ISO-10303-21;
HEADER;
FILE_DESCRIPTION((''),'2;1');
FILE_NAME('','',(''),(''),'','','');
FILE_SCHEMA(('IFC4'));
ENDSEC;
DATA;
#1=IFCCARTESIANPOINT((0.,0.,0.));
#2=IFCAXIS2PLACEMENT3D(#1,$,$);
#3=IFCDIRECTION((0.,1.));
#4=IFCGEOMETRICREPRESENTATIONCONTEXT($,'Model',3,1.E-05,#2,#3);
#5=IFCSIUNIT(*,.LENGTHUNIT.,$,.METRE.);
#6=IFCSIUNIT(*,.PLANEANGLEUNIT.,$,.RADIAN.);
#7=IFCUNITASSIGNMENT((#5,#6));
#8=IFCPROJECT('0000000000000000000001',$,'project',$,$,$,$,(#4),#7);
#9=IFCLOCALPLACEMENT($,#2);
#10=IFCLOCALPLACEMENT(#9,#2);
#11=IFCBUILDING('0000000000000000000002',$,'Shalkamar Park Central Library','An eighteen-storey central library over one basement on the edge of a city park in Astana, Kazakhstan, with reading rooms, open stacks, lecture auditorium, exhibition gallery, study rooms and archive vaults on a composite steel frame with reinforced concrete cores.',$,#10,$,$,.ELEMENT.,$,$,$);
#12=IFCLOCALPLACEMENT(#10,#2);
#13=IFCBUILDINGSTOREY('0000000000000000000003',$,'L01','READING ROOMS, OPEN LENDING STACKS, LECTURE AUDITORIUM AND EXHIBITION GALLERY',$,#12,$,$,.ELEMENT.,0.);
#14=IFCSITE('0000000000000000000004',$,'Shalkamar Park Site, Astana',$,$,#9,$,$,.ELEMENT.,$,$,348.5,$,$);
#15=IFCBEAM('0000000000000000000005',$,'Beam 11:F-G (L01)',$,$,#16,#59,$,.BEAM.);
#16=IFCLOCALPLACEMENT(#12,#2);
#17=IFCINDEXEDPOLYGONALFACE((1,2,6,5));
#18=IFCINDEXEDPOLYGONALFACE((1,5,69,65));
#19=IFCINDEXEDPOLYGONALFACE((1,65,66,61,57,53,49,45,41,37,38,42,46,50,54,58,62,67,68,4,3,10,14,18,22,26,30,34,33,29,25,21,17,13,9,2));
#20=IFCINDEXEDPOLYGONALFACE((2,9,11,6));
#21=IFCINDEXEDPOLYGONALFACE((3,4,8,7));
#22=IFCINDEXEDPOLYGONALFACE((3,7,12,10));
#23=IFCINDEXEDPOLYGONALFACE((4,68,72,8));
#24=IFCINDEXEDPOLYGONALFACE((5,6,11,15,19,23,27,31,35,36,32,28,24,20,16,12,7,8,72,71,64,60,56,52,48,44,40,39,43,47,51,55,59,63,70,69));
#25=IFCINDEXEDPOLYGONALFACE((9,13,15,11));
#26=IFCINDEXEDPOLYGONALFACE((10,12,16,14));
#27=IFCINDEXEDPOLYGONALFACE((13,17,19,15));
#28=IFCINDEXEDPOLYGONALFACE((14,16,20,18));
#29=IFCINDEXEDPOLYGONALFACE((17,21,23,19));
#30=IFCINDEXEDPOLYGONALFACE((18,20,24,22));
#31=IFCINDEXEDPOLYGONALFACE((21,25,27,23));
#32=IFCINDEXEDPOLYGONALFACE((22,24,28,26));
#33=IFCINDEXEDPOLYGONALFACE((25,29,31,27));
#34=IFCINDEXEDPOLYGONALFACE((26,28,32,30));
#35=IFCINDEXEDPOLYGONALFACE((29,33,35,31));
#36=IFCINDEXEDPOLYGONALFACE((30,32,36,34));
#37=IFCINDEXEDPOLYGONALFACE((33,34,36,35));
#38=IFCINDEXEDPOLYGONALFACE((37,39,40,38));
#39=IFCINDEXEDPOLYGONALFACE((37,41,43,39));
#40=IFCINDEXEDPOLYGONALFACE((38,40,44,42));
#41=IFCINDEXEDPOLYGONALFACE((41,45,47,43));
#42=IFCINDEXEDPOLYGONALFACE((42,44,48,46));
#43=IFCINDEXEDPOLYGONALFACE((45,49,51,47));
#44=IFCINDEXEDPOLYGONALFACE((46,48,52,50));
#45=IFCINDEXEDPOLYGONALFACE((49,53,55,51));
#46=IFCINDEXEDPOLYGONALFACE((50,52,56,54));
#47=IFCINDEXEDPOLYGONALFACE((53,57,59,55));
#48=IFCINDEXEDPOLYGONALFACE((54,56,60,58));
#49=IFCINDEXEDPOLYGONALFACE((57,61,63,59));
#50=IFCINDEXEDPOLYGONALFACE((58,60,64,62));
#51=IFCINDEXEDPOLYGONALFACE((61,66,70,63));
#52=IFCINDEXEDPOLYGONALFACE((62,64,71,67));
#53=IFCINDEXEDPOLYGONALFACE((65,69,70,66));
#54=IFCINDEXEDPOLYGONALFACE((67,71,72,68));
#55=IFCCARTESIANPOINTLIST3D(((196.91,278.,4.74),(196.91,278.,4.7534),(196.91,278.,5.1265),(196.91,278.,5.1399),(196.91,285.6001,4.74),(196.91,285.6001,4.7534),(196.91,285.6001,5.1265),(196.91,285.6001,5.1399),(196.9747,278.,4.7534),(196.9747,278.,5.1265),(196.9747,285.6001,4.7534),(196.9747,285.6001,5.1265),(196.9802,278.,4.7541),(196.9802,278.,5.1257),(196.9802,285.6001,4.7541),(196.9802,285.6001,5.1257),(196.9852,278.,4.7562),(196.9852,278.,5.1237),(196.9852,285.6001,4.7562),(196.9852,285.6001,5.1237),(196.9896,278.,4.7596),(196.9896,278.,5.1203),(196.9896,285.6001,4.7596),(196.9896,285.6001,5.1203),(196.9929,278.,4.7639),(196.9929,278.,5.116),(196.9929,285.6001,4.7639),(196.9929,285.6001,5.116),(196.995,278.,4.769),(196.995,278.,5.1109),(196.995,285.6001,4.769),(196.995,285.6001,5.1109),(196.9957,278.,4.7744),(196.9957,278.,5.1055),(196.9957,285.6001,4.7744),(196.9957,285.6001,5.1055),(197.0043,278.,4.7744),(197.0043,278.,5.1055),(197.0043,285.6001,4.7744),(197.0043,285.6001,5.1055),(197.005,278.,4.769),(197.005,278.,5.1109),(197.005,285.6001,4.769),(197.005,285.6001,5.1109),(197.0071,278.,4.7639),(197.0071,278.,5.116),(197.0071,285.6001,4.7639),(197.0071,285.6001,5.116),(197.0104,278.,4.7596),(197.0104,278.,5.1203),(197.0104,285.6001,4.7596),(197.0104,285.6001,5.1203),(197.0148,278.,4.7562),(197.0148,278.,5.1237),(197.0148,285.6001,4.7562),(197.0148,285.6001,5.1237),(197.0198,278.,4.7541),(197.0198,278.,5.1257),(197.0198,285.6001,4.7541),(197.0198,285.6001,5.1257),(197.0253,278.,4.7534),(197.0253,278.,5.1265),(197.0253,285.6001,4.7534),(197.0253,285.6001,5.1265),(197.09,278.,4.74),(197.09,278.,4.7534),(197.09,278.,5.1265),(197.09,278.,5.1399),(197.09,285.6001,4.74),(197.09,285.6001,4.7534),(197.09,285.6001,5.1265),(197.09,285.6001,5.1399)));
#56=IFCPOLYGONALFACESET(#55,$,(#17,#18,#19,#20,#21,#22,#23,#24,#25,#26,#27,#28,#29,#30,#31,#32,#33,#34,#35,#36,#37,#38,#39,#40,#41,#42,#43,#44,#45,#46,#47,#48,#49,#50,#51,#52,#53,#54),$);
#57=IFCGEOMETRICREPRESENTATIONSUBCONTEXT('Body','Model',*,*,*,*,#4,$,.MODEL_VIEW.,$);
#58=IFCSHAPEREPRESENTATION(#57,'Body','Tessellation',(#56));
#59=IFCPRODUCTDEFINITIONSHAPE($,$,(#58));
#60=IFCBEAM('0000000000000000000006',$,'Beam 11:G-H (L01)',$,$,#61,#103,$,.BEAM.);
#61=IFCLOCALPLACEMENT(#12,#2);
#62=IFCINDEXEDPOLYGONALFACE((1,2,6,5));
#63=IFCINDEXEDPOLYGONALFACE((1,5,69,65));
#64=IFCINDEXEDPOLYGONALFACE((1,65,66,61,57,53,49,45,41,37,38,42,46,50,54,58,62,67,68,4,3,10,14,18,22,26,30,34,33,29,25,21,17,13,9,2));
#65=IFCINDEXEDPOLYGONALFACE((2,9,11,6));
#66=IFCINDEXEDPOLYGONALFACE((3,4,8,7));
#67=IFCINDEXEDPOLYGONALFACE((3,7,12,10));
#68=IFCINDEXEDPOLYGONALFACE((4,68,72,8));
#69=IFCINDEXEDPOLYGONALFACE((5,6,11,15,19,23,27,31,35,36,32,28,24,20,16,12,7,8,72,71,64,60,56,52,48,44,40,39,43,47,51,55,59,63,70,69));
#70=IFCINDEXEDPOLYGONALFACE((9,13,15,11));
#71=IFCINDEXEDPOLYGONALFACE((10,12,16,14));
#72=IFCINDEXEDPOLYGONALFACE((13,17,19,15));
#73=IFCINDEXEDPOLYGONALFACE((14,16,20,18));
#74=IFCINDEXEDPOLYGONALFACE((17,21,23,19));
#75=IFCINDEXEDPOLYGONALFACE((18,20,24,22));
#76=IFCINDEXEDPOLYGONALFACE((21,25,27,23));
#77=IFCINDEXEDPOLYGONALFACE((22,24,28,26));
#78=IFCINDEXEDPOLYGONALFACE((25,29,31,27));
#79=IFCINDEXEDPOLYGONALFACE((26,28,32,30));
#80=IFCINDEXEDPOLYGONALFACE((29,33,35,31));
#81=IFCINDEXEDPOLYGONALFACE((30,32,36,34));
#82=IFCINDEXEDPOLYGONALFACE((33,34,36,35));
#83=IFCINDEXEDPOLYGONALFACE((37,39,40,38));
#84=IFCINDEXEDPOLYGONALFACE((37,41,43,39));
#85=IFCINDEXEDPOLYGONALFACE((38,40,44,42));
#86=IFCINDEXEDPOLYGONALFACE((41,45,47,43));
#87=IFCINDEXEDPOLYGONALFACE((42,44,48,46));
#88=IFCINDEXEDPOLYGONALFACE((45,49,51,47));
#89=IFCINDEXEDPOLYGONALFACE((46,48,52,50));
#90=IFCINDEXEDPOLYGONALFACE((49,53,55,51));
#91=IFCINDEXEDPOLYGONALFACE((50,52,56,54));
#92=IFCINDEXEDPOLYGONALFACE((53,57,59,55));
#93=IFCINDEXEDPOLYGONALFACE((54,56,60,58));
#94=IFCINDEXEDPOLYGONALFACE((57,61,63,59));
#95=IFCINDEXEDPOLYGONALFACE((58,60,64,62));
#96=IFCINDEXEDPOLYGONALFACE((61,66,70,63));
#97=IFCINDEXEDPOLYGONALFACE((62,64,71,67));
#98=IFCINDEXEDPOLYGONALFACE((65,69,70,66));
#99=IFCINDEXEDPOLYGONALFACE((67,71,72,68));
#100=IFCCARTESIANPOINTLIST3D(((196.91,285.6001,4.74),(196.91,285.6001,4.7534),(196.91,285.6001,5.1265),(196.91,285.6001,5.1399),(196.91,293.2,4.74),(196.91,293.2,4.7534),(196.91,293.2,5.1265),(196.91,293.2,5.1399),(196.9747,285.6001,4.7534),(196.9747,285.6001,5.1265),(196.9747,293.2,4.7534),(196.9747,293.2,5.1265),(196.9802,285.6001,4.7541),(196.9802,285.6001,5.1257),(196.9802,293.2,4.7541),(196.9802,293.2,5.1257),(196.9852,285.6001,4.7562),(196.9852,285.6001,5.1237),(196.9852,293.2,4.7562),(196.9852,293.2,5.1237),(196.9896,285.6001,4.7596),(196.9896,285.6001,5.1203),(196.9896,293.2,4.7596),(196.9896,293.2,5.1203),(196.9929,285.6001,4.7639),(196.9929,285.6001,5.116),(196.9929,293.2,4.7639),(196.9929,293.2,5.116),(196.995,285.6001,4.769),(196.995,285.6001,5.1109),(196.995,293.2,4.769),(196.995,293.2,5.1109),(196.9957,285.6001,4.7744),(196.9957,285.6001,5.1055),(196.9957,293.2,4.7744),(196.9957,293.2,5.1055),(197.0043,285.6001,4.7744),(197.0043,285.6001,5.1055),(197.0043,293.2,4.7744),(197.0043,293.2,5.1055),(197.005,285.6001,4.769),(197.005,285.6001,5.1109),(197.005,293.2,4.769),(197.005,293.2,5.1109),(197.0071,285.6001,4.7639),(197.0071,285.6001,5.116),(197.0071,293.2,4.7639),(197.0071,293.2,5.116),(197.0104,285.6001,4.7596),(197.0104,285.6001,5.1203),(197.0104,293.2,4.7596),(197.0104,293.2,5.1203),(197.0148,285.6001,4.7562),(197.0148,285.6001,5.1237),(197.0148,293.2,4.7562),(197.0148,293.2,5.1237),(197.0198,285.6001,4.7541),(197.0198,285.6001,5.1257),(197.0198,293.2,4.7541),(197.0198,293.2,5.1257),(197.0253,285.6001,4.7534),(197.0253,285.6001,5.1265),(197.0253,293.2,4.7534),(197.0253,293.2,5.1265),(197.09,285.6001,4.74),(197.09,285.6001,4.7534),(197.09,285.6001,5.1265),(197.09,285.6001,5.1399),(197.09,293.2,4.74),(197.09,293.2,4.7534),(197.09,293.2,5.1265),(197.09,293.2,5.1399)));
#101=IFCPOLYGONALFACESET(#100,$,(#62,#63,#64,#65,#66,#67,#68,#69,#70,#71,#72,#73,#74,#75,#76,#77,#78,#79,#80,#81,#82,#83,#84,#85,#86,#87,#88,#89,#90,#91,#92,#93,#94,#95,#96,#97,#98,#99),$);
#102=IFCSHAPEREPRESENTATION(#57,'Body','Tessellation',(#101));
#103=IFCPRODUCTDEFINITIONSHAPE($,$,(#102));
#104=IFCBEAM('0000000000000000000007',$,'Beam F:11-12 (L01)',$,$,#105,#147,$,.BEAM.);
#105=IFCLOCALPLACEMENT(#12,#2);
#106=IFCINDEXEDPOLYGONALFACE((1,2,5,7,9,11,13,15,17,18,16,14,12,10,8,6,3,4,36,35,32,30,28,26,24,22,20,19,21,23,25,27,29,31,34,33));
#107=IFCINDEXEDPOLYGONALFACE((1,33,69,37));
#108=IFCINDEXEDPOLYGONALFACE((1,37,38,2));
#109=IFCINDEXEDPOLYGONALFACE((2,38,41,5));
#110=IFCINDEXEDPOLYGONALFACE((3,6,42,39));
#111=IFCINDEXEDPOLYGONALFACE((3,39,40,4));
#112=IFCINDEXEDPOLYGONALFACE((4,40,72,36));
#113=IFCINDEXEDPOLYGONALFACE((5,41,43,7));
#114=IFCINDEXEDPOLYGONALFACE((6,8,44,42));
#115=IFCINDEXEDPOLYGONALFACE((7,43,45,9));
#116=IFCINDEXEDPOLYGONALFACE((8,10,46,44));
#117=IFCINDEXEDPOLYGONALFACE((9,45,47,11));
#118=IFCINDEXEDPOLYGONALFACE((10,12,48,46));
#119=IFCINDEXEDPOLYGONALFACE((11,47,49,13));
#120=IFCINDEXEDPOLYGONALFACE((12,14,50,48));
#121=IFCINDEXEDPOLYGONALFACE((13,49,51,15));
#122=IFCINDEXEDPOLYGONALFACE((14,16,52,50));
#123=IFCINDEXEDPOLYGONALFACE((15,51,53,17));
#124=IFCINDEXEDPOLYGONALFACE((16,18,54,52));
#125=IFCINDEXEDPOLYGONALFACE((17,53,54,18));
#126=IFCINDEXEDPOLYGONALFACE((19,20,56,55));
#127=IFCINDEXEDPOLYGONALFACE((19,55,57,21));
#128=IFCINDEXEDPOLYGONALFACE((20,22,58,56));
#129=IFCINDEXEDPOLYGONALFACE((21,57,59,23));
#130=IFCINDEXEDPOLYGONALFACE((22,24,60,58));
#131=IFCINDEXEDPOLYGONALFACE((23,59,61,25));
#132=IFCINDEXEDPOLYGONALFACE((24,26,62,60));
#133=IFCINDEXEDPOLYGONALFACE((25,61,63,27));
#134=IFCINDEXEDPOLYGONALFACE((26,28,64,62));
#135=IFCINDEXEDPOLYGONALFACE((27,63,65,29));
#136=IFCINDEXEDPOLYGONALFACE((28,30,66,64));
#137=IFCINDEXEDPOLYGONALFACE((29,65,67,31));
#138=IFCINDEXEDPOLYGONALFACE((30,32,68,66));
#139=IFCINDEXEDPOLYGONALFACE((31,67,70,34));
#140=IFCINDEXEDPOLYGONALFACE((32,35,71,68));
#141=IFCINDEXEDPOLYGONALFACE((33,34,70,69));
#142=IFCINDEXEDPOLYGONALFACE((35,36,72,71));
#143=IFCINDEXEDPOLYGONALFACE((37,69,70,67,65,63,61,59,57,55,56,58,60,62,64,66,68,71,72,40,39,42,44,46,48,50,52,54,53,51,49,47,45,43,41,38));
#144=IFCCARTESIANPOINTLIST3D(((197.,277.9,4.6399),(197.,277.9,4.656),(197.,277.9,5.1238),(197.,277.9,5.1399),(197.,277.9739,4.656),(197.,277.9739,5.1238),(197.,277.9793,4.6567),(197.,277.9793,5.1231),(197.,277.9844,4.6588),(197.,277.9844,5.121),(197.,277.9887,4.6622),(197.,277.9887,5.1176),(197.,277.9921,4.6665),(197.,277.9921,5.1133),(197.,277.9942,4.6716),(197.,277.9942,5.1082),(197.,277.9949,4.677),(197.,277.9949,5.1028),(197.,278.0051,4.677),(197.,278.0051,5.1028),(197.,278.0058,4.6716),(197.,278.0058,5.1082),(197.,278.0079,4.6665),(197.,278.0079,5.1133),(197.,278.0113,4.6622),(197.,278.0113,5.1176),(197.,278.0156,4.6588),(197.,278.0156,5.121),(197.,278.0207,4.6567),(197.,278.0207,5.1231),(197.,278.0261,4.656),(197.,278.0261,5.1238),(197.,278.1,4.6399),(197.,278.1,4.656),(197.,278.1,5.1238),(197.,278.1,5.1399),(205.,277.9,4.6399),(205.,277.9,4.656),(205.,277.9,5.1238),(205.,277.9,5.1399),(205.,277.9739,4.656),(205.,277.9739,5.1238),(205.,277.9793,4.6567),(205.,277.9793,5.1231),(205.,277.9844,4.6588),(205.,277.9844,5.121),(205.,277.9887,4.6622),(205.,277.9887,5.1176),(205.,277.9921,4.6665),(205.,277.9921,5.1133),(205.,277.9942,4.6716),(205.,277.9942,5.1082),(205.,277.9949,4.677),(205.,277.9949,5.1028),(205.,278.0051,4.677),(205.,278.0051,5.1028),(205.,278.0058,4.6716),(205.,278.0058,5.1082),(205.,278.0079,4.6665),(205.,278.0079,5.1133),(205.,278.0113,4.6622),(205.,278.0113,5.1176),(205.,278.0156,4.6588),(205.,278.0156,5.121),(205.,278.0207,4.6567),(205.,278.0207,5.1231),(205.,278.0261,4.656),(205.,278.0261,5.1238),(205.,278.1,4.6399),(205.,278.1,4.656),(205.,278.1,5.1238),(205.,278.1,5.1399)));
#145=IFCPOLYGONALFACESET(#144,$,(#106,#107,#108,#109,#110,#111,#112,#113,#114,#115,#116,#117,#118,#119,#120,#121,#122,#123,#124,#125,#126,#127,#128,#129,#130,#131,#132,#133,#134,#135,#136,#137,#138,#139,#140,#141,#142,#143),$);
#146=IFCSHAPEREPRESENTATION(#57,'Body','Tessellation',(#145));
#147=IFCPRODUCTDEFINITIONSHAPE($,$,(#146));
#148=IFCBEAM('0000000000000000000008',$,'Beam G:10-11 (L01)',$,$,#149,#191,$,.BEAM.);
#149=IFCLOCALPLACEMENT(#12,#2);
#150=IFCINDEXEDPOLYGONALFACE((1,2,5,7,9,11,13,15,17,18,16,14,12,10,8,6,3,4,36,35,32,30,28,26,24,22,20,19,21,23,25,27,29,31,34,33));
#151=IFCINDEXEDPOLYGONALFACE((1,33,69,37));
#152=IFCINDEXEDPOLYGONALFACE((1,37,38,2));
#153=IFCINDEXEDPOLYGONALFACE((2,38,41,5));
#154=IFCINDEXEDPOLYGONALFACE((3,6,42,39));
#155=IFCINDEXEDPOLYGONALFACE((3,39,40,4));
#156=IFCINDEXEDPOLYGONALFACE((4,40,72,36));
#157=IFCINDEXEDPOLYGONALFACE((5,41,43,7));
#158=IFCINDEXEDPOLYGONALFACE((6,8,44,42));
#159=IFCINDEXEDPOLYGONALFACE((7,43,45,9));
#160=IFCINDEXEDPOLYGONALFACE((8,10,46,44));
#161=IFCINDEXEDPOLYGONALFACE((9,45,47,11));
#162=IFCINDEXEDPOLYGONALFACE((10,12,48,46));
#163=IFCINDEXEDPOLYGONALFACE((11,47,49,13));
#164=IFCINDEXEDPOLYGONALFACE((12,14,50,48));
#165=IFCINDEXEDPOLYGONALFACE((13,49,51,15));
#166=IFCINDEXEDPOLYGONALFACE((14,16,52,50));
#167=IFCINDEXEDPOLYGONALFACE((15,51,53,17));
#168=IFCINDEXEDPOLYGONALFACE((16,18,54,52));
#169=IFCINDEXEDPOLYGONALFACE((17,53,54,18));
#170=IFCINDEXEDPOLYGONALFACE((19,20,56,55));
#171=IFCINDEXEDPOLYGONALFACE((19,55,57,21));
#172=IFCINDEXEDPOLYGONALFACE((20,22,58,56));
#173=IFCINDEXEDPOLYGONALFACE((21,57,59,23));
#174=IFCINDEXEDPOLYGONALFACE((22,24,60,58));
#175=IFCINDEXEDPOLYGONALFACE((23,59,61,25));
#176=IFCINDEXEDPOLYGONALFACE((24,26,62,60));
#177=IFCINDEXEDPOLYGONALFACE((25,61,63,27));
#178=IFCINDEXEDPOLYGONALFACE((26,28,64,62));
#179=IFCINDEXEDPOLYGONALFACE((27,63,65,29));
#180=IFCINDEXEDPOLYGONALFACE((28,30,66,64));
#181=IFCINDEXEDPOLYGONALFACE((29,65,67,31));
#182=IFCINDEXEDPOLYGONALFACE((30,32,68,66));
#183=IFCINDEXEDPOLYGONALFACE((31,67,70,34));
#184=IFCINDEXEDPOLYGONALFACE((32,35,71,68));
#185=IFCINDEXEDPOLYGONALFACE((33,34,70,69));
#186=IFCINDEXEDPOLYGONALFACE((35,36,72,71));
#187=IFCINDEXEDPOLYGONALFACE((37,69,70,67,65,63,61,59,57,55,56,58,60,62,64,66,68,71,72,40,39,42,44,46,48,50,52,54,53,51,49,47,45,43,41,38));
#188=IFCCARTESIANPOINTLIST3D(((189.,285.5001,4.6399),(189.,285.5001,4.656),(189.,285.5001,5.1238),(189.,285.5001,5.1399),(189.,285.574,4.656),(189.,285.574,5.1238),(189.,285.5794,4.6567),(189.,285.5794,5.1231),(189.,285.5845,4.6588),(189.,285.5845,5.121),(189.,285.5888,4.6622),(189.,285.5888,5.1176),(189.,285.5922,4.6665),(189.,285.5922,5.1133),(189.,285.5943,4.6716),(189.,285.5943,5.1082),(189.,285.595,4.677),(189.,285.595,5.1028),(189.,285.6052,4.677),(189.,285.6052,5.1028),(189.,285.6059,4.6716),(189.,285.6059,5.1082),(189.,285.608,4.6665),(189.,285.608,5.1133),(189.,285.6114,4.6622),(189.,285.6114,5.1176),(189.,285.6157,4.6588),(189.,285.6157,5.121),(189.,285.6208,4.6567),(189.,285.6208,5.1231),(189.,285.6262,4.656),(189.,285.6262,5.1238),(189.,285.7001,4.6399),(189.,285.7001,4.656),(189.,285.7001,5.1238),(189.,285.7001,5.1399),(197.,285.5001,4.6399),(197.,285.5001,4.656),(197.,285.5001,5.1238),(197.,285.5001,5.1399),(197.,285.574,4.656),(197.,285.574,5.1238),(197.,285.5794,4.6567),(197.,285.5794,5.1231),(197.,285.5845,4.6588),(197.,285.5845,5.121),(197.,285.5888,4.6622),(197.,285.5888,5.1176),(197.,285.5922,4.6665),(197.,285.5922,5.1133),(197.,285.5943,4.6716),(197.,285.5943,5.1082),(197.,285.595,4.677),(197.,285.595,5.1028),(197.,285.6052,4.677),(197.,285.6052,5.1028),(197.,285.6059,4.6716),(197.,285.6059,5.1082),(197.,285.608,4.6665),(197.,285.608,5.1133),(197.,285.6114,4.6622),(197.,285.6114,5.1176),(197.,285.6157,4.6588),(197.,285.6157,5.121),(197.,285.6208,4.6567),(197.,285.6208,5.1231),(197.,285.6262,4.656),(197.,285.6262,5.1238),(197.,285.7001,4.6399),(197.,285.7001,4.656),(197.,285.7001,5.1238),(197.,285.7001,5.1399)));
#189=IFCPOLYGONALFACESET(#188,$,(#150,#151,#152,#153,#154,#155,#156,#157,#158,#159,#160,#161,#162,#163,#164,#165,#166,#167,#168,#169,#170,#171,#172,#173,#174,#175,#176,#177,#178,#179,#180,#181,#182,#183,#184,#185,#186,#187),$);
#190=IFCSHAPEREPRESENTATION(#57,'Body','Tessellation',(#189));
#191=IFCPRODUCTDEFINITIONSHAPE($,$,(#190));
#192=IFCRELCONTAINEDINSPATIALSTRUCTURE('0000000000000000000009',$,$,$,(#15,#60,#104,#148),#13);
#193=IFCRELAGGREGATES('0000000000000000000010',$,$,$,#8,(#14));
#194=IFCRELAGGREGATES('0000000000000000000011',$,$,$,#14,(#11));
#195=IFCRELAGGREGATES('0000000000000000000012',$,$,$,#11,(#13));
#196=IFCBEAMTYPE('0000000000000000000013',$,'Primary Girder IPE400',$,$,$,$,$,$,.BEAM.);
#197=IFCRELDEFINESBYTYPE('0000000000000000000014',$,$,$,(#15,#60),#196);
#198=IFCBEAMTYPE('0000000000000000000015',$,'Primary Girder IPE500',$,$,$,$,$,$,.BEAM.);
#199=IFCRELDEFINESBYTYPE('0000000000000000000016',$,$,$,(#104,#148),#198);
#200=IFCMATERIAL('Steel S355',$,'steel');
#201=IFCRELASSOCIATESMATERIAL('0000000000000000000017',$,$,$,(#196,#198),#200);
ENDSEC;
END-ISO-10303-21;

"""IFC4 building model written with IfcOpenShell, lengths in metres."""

from ifc_helpers import new_model, si_unit, direction, frame, origin, origin_2d, place, context, subcontext, project, spatial, i_section, extrude, material, material_profile, profile_set, type_object, element, save


model = new_model("IFC4")

# Units and contexts
model_context = context("Model", 3, precision=1e-05, world=origin(), true_north=direction((0.0, 1.0)))
body_context = subcontext(model_context, "Body", "Model", "MODEL_VIEW")
ifc_project = project(units=[si_unit("LENGTHUNIT", "METRE"), si_unit("PLANEANGLEUNIT", "RADIAN")], contexts=[model_context])

# Site, building, storey
site_placement = place(None, origin())
site = spatial("IfcSite", under=ifc_project, at=site_placement, Name="Shalkamar Park Site, Astana", CompositionType="ELEMENT", RefElevation=348.5)
building_placement = place(site_placement, origin())
building = spatial("IfcBuilding", under=site, at=building_placement, Name="Shalkamar Park Central Library", Description="An eighteen-storey central library over one basement on the edge of a city park in Astana, Kazakhstan, with reading rooms, open stacks, lecture auditorium, exhibition gallery, study rooms and archive vaults on a composite steel frame with reinforced concrete cores.", CompositionType="ELEMENT")
storey_placement = place(building_placement, origin())
storey = spatial("IfcBuildingStorey", under=building, at=storey_placement, Name="L01", Description="READING ROOMS, OPEN LENDING STACKS, LECTURE AUDITORIUM AND EXHIBITION GALLERY", CompositionType="ELEMENT", Elevation=0.0)

# Shared definitions
ifc_material = material(Name="Steel S355", Category="steel")

# Beams
ifc_material_profile_1 = material_profile(ifc_material, i_section(OverallWidth=0.1799, OverallDepth=0.3999, WebThickness=0.0085, FlangeThickness=0.0134, FilletRadius=0.021, at=origin_2d()), Name="IPE 400")
ifc_profile_set_1 = profile_set([ifc_material_profile_1], Name="Steel S355")
beam_type_1 = type_object("IfcBeamType", Name="Primary Girder IPE400", PredefinedType="BEAM", material=ifc_profile_set_1)
beam_1_placement = place(storey_placement, frame((197.0, 278.0, 4.9399), z_axis=(0.0, 1.0, 0.0), x_axis=(-1.0, 0.0, 0.0)))
element("IfcBeam", 1, at=beam_1_placement, inside=storey, type_object=beam_type_1, Name="Beam 11:F-G (L01)", PredefinedType="BEAM", context=body_context, shape_type="SweptSolid", body=[
    extrude(i_section(OverallWidth=0.1799, OverallDepth=0.3999, WebThickness=0.0085, FlangeThickness=0.0134, FilletRadius=0.021, at=origin_2d()), origin(), (0.0, 0.0, 1.0), 7.6001),
])
beam_2_placement = place(storey_placement, frame((197.0, 285.6001, 4.9399), z_axis=(0.0, 1.0, 0.0), x_axis=(-1.0, 0.0, 0.0)))
element("IfcBeam", 2, at=beam_2_placement, inside=storey, type_object=beam_type_1, Name="Beam 11:G-H (L01)", PredefinedType="BEAM", context=body_context, shape_type="SweptSolid", body=[
    extrude(i_section(OverallWidth=0.1799, OverallDepth=0.3999, WebThickness=0.0085, FlangeThickness=0.0134, FilletRadius=0.021, at=origin_2d()), origin(), (0.0, 0.0, 1.0), 7.5999),
])
ifc_material_profile_2 = material_profile(ifc_material, i_section(OverallWidth=0.2, OverallDepth=0.5, WebThickness=0.0103, FlangeThickness=0.0161, FilletRadius=0.021, at=origin_2d()), Name="IPE 500")
ifc_profile_set_2 = profile_set([ifc_material_profile_2], Name="Steel S355")
beam_type_2 = type_object("IfcBeamType", Name="Primary Girder IPE500", PredefinedType="BEAM", material=ifc_profile_set_2)
for number, where, z_axis, x_axis, name in (
    (3, (197.0, 278.0, 4.8899), (1.0, 0.0, 0.0), (0.0, 1.0, 0.0), "Beam F:11-12 (L01)"),
    (4, (189.0, 285.6001, 4.8899), (1.0, 0.0, 0.0), (0.0, 1.0, 0.0), "Beam G:10-11 (L01)"),
):
    element("IfcBeam", number, at=place(storey_placement, frame(where, z_axis=z_axis, x_axis=x_axis)), inside=storey, type_object=beam_type_2, Name=name, PredefinedType="BEAM", context=body_context, shape_type="SweptSolid", body=[
        extrude(i_section(OverallWidth=0.2, OverallDepth=0.5, WebThickness=0.0103, FlangeThickness=0.0161, FilletRadius=0.021, at=origin_2d()), origin(), (0.0, 0.0, 1.0), 8.0),
    ])

save(model, "model.ifc")
